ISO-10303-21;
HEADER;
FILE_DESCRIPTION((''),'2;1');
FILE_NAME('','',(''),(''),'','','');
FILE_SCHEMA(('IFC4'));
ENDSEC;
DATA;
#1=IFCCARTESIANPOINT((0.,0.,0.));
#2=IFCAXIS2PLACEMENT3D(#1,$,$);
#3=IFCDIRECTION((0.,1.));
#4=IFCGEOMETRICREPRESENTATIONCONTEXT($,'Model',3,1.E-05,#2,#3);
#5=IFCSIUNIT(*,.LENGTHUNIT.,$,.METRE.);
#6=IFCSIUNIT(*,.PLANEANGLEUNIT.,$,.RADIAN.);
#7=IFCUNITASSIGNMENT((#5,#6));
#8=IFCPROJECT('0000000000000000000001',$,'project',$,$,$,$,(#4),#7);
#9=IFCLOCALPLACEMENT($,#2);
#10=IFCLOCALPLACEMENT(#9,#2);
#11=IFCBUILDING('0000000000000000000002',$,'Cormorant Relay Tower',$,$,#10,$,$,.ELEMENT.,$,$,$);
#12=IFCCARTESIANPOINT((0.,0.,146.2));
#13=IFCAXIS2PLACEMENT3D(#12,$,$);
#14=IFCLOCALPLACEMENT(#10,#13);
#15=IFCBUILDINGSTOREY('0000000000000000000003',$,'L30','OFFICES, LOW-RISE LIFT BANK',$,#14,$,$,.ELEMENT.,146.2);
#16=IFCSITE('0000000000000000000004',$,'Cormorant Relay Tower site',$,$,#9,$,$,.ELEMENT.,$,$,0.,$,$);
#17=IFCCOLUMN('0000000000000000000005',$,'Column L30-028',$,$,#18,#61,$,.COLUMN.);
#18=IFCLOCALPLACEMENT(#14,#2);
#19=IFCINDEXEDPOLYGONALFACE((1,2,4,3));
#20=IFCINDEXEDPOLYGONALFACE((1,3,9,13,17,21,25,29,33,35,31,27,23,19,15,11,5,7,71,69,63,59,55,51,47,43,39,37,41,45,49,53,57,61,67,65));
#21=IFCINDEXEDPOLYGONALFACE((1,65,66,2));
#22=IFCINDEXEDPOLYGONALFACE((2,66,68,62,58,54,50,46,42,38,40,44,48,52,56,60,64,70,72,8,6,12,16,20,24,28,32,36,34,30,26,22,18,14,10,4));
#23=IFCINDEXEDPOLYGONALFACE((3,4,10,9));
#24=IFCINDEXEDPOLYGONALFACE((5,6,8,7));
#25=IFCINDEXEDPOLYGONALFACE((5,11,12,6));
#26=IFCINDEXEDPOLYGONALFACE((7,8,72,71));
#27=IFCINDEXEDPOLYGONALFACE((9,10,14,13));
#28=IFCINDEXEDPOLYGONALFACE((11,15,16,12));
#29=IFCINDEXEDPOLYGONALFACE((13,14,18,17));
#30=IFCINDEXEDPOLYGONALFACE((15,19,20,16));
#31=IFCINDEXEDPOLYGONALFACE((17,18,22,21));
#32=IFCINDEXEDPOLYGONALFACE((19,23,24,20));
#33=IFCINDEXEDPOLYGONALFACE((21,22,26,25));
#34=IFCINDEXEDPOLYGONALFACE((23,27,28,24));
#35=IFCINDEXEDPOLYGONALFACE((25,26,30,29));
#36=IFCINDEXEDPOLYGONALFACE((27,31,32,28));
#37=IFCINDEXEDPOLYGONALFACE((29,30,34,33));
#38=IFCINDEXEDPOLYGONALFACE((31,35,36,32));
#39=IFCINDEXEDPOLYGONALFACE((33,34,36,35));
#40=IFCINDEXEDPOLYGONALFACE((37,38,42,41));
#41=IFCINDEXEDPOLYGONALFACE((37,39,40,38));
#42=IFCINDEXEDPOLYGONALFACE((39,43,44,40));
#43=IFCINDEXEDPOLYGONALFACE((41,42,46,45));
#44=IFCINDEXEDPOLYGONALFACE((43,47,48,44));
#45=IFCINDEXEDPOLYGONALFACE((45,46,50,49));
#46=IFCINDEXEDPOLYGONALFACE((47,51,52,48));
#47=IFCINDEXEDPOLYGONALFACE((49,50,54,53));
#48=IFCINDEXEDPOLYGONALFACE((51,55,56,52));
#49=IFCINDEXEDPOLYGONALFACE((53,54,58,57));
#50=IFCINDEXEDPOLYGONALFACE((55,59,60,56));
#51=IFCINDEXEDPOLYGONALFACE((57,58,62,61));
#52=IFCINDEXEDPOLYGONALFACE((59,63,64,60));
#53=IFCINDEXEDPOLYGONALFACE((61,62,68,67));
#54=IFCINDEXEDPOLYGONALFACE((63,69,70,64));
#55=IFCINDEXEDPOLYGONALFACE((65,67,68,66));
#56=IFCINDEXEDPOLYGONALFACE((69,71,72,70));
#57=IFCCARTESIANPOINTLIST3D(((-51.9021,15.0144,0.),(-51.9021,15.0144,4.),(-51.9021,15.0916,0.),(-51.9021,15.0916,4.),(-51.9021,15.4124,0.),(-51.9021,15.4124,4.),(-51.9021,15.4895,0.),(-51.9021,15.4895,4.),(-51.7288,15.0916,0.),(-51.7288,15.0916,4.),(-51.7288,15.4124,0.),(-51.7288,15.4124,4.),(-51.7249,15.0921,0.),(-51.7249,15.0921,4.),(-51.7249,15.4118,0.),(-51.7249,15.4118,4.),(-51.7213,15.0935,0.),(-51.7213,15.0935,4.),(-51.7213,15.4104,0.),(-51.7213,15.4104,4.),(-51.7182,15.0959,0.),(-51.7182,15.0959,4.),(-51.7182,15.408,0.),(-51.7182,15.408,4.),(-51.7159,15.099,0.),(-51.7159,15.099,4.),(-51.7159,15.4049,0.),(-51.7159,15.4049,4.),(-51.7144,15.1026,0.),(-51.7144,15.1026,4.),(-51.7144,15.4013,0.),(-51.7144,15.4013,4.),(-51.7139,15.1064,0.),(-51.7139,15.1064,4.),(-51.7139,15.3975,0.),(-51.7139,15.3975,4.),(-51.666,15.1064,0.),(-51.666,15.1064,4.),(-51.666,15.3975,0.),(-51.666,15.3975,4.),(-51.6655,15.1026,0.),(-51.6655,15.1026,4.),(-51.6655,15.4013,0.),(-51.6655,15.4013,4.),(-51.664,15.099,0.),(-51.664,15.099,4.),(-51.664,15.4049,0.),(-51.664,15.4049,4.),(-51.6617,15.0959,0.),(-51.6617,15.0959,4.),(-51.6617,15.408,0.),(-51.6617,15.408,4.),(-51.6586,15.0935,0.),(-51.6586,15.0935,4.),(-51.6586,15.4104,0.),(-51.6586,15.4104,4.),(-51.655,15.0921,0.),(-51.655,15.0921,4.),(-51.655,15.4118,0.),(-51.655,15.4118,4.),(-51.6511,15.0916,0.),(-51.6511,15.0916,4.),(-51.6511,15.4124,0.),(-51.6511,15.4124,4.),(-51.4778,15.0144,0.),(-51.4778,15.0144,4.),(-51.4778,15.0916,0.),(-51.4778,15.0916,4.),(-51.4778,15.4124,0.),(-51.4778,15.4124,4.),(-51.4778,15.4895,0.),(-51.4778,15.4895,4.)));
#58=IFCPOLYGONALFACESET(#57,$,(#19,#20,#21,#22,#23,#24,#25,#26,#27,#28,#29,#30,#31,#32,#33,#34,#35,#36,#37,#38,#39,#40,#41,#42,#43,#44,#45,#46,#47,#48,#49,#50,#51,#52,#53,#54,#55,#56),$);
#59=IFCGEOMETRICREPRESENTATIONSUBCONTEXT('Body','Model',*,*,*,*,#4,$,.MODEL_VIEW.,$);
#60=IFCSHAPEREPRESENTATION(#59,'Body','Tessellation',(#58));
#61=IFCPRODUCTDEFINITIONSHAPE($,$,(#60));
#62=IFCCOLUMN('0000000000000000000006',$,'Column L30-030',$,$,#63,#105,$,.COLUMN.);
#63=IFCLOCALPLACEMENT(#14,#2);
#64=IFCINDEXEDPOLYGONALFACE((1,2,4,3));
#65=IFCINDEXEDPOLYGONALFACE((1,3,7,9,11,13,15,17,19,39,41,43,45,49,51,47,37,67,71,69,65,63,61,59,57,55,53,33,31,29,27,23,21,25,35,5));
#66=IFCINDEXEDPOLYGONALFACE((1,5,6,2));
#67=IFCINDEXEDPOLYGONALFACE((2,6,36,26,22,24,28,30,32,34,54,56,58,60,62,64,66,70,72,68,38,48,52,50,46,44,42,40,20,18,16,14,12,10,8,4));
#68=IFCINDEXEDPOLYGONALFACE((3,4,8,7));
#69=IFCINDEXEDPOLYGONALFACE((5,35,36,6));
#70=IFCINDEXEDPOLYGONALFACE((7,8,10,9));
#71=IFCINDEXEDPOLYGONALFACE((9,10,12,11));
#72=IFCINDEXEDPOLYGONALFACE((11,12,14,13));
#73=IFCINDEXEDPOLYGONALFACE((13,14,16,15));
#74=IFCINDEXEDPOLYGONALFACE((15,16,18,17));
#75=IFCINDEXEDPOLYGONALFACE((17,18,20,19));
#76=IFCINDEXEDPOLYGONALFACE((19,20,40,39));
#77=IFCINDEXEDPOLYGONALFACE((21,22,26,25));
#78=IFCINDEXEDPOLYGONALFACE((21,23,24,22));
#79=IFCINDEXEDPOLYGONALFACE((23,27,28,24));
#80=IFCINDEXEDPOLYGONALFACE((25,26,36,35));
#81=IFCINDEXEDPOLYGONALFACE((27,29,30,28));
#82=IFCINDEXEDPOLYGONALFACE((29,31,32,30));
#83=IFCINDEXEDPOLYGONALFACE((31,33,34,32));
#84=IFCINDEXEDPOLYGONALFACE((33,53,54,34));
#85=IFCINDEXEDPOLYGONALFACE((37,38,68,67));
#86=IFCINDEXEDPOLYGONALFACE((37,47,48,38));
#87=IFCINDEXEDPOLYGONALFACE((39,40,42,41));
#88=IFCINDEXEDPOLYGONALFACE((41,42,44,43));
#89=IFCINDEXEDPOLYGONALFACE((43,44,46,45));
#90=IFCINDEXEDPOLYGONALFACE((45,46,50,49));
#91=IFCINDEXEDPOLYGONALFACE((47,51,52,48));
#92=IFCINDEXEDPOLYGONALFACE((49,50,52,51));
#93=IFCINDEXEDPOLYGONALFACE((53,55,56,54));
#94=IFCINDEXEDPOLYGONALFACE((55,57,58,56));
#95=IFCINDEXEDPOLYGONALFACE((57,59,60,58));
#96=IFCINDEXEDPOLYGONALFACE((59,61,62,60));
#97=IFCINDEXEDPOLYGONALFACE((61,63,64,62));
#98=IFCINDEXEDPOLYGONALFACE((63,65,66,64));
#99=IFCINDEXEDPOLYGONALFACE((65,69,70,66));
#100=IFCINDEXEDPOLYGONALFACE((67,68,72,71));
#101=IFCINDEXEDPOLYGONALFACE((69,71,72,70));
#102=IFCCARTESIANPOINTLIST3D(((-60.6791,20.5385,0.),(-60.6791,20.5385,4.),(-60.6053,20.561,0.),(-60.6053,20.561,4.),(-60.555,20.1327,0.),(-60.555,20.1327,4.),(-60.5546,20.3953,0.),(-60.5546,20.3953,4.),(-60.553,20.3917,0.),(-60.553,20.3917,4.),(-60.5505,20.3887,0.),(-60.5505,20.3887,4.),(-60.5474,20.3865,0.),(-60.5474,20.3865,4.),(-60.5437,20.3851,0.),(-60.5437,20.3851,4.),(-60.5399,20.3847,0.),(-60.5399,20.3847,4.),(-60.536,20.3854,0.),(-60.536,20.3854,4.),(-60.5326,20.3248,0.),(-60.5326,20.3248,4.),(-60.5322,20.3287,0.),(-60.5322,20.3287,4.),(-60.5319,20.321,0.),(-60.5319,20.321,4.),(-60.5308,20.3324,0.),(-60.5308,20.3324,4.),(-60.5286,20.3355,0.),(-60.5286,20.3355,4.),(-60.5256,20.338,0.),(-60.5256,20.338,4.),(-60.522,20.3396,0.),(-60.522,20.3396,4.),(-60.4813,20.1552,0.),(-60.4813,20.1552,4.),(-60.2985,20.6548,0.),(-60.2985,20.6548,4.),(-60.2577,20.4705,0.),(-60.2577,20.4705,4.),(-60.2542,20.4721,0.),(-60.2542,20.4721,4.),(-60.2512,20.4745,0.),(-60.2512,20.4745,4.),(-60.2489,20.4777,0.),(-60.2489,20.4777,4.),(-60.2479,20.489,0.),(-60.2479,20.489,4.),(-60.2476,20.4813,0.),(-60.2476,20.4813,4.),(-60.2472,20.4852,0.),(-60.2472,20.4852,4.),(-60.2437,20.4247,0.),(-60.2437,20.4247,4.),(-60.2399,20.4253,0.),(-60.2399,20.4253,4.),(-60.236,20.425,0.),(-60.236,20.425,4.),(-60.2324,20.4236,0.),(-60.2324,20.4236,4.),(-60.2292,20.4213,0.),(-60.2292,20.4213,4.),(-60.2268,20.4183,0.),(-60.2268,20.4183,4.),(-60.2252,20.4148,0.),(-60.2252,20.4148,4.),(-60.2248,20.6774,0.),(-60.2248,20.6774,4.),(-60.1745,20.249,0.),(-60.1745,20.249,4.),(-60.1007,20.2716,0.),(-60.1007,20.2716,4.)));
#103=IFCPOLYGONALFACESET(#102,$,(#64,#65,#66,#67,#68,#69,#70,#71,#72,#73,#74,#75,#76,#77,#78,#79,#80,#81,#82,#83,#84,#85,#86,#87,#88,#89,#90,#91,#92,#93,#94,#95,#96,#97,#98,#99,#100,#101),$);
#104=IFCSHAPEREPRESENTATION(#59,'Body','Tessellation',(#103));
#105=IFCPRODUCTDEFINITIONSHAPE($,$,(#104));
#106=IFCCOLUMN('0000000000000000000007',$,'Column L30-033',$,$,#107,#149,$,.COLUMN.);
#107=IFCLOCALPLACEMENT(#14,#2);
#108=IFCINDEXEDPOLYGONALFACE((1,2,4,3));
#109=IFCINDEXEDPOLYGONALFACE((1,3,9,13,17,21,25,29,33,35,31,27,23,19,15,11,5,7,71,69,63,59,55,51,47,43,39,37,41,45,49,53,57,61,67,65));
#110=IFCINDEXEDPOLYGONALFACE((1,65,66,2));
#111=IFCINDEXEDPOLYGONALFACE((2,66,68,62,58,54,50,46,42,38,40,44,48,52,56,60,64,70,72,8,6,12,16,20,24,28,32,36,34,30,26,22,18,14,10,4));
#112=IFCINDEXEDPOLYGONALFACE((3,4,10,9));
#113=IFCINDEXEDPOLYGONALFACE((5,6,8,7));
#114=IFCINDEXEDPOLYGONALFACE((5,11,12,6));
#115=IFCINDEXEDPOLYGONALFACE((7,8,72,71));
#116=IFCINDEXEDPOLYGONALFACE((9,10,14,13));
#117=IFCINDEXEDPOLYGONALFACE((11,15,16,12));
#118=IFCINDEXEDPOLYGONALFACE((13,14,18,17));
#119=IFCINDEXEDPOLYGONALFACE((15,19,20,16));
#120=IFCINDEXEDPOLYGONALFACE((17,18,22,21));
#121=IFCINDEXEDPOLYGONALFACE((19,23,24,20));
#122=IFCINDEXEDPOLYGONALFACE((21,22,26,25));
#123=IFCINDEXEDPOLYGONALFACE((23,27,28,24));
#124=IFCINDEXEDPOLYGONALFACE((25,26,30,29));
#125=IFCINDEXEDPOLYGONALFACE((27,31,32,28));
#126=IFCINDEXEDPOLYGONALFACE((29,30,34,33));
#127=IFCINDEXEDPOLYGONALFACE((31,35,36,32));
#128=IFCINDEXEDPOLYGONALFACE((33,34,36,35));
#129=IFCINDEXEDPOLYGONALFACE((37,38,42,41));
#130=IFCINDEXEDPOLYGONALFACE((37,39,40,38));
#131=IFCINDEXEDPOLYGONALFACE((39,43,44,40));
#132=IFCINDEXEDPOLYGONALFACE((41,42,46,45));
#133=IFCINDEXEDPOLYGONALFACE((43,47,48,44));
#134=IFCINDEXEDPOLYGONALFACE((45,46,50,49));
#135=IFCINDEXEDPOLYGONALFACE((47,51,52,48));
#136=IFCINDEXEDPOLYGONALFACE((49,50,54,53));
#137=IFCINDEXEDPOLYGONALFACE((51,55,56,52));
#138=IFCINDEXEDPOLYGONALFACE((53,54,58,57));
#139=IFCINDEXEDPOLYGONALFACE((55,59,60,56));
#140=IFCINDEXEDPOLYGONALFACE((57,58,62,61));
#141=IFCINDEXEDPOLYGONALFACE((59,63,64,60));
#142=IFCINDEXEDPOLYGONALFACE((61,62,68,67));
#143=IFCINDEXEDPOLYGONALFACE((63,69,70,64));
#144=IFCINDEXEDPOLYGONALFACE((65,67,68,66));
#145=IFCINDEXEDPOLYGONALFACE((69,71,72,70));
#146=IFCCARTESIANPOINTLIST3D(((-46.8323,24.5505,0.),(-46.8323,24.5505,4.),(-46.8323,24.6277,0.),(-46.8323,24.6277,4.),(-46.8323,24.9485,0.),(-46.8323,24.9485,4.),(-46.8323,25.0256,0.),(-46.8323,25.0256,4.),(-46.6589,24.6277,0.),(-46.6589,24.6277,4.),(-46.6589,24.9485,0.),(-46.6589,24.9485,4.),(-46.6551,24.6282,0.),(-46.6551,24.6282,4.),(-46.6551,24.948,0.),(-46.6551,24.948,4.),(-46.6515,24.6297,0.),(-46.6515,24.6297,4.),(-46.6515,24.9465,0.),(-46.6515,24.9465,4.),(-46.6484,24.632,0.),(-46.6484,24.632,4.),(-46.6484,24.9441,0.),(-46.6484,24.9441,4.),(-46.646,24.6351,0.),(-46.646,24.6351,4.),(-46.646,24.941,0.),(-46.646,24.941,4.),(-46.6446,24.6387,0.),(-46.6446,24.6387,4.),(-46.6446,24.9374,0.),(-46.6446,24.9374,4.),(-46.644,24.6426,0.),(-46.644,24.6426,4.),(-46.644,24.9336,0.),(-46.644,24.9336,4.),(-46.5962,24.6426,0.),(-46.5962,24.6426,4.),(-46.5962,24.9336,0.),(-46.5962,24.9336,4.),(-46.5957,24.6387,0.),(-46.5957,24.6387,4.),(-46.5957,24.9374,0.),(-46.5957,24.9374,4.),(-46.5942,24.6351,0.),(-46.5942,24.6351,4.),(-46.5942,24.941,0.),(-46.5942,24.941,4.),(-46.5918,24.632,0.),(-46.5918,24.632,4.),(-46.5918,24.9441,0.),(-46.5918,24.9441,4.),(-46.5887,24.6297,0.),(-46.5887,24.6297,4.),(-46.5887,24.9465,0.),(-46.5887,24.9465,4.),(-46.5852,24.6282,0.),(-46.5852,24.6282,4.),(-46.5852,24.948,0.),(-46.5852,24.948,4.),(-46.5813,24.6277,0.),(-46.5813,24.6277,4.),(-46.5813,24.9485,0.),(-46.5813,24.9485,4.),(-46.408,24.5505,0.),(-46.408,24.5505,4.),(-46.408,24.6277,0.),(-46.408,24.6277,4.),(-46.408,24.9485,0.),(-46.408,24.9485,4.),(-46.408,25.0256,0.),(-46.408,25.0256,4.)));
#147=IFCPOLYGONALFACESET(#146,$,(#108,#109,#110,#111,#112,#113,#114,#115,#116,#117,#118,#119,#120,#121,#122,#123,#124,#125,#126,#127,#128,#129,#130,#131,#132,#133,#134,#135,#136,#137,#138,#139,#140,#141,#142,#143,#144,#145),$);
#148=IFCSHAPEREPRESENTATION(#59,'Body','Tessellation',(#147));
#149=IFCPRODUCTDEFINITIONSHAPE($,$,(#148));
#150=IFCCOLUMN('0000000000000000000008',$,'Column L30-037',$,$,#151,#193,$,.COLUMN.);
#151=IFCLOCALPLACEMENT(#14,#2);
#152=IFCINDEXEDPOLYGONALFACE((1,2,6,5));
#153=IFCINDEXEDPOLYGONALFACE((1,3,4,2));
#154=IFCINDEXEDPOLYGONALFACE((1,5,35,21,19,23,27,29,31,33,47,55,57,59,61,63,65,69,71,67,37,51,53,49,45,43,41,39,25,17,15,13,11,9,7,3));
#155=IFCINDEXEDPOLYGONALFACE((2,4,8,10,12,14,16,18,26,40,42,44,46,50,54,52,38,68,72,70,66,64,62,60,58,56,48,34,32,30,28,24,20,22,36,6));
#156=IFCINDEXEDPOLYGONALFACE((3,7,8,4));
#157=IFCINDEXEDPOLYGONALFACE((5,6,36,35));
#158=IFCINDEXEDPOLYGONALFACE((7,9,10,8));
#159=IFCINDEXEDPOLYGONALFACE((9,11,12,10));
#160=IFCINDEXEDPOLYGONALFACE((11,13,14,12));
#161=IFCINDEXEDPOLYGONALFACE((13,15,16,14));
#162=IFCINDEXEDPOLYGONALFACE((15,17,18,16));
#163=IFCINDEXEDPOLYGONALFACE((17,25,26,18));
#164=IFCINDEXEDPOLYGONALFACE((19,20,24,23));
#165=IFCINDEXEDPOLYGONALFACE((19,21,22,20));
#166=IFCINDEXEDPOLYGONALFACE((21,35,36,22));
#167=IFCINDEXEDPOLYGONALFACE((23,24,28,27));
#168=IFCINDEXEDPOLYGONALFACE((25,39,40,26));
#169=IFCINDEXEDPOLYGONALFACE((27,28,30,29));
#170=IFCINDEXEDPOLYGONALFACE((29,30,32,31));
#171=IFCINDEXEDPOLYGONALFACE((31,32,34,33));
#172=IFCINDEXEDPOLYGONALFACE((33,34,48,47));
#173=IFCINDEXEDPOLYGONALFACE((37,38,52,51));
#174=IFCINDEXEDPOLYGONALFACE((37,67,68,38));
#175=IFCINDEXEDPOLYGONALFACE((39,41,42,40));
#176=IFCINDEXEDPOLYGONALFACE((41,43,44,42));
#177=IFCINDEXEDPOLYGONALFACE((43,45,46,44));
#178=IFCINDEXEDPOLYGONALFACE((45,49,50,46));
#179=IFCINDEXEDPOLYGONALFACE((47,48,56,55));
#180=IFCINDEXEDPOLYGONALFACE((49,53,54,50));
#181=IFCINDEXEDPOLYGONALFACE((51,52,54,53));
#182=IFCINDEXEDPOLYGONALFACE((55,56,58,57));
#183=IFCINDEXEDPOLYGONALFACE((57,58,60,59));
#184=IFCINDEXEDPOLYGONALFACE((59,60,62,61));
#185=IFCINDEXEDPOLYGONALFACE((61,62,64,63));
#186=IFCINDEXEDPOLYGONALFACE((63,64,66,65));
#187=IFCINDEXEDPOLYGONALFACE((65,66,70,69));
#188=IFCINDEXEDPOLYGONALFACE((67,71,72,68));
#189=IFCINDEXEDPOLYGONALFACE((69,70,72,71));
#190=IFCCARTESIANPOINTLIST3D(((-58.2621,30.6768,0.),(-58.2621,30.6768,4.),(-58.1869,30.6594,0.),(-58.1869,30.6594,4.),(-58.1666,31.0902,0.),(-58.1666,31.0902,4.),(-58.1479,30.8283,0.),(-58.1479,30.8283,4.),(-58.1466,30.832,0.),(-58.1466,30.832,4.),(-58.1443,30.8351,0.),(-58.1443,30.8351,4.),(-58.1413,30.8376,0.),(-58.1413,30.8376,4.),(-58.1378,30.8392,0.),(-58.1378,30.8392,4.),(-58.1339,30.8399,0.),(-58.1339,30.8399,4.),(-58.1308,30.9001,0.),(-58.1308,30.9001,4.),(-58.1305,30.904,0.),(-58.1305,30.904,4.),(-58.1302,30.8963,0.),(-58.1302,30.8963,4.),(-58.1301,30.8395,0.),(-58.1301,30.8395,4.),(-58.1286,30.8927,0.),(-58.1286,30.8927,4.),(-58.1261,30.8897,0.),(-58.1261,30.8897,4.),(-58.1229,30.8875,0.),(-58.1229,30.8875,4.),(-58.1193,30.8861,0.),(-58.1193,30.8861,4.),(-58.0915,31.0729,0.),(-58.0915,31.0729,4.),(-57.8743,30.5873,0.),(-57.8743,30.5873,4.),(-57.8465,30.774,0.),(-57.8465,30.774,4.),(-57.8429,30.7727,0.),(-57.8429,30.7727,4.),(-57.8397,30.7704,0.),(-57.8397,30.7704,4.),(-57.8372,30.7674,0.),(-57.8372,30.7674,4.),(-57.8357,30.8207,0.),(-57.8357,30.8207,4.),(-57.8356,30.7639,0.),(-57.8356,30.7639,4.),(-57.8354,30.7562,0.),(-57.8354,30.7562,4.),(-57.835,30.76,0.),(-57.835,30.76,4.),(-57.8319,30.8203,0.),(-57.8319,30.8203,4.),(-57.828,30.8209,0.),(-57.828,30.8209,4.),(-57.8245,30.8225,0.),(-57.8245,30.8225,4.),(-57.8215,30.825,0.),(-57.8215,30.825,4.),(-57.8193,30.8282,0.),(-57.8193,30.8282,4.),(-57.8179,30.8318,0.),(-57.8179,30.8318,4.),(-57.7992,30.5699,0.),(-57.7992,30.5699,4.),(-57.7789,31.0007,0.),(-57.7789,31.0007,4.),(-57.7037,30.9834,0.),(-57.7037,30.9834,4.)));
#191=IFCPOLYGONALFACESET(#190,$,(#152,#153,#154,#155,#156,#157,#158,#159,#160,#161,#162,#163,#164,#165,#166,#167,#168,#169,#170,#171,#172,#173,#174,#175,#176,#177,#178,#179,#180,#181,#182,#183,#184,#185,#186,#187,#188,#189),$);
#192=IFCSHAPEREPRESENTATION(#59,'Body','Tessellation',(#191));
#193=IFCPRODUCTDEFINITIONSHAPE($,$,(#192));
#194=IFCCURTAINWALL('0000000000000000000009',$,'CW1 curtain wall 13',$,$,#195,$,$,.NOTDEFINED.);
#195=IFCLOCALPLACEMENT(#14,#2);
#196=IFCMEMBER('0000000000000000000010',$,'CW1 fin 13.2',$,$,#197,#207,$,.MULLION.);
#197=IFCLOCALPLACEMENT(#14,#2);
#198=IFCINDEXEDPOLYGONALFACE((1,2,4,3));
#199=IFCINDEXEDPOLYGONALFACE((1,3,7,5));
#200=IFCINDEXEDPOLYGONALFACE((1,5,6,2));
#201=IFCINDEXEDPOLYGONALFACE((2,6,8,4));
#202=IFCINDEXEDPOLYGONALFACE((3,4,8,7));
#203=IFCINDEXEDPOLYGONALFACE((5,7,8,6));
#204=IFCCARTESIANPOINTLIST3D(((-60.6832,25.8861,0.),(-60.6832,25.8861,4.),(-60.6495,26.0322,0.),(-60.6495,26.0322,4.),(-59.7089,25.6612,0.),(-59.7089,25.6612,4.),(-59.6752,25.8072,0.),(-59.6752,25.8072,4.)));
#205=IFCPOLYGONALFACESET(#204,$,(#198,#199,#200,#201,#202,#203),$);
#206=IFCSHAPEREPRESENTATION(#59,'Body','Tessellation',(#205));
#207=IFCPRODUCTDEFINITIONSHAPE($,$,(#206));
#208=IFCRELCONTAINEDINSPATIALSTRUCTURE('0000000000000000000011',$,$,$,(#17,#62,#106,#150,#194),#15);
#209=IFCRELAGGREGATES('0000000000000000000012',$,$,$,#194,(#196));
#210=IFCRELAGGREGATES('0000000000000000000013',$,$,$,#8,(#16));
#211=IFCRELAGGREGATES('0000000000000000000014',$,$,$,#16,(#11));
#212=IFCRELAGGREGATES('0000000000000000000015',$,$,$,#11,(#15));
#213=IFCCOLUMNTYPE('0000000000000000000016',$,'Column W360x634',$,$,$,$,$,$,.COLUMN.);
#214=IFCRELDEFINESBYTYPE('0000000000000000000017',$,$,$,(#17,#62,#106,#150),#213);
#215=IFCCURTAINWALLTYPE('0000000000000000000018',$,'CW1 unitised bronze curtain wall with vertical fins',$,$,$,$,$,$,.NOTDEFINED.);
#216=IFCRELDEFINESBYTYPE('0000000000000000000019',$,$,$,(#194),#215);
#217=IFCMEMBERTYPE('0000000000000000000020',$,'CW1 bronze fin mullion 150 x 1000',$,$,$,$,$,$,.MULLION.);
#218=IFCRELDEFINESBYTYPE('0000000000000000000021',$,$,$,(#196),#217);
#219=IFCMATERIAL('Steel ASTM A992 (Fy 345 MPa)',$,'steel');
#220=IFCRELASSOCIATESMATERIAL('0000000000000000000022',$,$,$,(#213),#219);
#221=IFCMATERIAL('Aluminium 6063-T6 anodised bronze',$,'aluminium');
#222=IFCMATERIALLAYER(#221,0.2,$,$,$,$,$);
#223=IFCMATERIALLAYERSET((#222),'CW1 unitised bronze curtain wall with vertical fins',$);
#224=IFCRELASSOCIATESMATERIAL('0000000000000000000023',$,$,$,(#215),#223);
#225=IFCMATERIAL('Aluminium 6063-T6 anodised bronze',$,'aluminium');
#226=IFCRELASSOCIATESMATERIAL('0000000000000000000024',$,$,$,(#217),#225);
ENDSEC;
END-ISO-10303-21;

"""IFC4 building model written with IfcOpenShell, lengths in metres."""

from ifc_helpers import new_model, si_unit, direction, frame, origin, origin_2d, place, context, subcontext, project, spatial, rectangle, i_section, extrude, material, layer, layer_set, material_profile, profile_set, type_object, element, aggregate, save


model = new_model("IFC4")

# Units and contexts
model_context = context("Model", 3, precision=1e-05, world=origin(), true_north=direction((0.0, 1.0)))
body_context = subcontext(model_context, "Body", "Model", "MODEL_VIEW")
ifc_project = project(units=[si_unit("LENGTHUNIT", "METRE"), si_unit("PLANEANGLEUNIT", "RADIAN")], contexts=[model_context])

# Site, building, storey
site_placement = place(None, origin())
site = spatial("IfcSite", under=ifc_project, at=site_placement, Name="Cormorant Relay Tower site", CompositionType="ELEMENT", RefElevation=0.0)
building_placement = place(site_placement, origin())
building = spatial("IfcBuilding", under=site, at=building_placement, Name="Cormorant Relay Tower", CompositionType="ELEMENT")
storey_placement = place(building_placement, frame((0.0, 0.0, 146.2)))
storey = spatial("IfcBuildingStorey", under=building, at=storey_placement, Name="L30", Description="OFFICES, LOW-RISE LIFT BANK", CompositionType="ELEMENT", Elevation=146.2)

# Columns
ifc_material_1 = material(Name="Steel ASTM A992 (Fy 345 MPa)", Category="steel")
ifc_material_profile_1 = material_profile(ifc_material_1, i_section(OverallWidth=0.4243, OverallDepth=0.4751, WebThickness=0.0479, FlangeThickness=0.0771, FilletRadius=0.0149, at=origin_2d()), Name="W360x634")
ifc_profile_set_1 = profile_set([ifc_material_profile_1], Name="Steel ASTM A992 (Fy 345 MPa)")
column_type = type_object("IfcColumnType", Name="Column W360x634", PredefinedType="COLUMN", material=ifc_profile_set_1)
for number, where, z_axis, x_axis, name in (
    (1, (-51.6899, 15.252, 0.0), (0.0, 0.0, 1.0), (1.0, 0.0, 0.0), "Column L30-028"),
    (2, (-60.3899, 20.405, 0.0), (0.0, 0.0, 1.0), (0.292372, -0.956305, 0.0), "Column L30-030"),
    (3, (-46.6201, 24.7881, 0.0), (0.0, 0.0, 1.0), (1.0, 0.0, 0.0), "Column L30-033"),
    (4, (-57.9829, 30.8301, 0.0), (0.0, 0.0, 1.0), (-0.224951, -0.97437, 0.0), "Column L30-037"),
):
    element("IfcColumn", number, at=place(storey_placement, frame(where, z_axis=z_axis, x_axis=x_axis)), inside=storey, type_object=column_type, Name=name, PredefinedType="COLUMN", context=body_context, shape_type="SweptSolid", body=[
        extrude(i_section(OverallWidth=0.4243, OverallDepth=0.4751, WebThickness=0.0479, FlangeThickness=0.0771, FilletRadius=0.0149, at=origin_2d()), origin(), (0.0, 0.0, 1.0), 4.0),
    ])

# Curtain wall, member
ifc_material_2 = material(Name="Aluminium 6063-T6 anodised bronze", Category="aluminium")
ifc_layer_1 = layer(ifc_material_2, 0.2)
ifc_layer_set_1 = layer_set([ifc_layer_1], Name="CW1 unitised bronze curtain wall with vertical fins")
curtain_wall_type = type_object("IfcCurtainWallType", Name="CW1 unitised bronze curtain wall with vertical fins", PredefinedType="NOTDEFINED", material=ifc_layer_set_1)
curtain_wall_1_placement = place(storey_placement, origin())
curtain_wall_1 = element("IfcCurtainWall", 5, at=curtain_wall_1_placement, inside=storey, type_object=curtain_wall_type, Name="CW1 curtain wall 13", PredefinedType="NOTDEFINED")
ifc_material_3 = material(Name="Aluminium 6063-T6 anodised bronze", Category="aluminium")
ifc_material_profile_2 = material_profile(ifc_material_3, rectangle(XDim=0.1499, YDim=1.0, at=origin_2d()), Name="AL 150x1000")
ifc_profile_set_2 = profile_set([ifc_material_profile_2], Name="Aluminium 6063-T6 anodised bronze")
member_type_1 = type_object("IfcMemberType", Name="CW1 bronze fin mullion 150 x 1000", PredefinedType="MULLION", material=ifc_profile_set_2)
member_1_placement = place(storey_placement, frame((-60.1792, 25.8467, 0.0), z_axis=(0.0, 0.0, 1.0), x_axis=(-0.224951, -0.97437, 0.0)))
member_1 = element("IfcMember", 6, at=member_1_placement, type_object=member_type_1, Name="CW1 fin 13.2", PredefinedType="MULLION", context=body_context, shape_type="SweptSolid", body=[
    extrude(rectangle(XDim=0.1499, YDim=1.0, at=origin_2d()), origin(), (0.0, 0.0, 1.0), 4.0),
])

aggregate(curtain_wall_1, [member_1])

save(model, "model.ifc")
